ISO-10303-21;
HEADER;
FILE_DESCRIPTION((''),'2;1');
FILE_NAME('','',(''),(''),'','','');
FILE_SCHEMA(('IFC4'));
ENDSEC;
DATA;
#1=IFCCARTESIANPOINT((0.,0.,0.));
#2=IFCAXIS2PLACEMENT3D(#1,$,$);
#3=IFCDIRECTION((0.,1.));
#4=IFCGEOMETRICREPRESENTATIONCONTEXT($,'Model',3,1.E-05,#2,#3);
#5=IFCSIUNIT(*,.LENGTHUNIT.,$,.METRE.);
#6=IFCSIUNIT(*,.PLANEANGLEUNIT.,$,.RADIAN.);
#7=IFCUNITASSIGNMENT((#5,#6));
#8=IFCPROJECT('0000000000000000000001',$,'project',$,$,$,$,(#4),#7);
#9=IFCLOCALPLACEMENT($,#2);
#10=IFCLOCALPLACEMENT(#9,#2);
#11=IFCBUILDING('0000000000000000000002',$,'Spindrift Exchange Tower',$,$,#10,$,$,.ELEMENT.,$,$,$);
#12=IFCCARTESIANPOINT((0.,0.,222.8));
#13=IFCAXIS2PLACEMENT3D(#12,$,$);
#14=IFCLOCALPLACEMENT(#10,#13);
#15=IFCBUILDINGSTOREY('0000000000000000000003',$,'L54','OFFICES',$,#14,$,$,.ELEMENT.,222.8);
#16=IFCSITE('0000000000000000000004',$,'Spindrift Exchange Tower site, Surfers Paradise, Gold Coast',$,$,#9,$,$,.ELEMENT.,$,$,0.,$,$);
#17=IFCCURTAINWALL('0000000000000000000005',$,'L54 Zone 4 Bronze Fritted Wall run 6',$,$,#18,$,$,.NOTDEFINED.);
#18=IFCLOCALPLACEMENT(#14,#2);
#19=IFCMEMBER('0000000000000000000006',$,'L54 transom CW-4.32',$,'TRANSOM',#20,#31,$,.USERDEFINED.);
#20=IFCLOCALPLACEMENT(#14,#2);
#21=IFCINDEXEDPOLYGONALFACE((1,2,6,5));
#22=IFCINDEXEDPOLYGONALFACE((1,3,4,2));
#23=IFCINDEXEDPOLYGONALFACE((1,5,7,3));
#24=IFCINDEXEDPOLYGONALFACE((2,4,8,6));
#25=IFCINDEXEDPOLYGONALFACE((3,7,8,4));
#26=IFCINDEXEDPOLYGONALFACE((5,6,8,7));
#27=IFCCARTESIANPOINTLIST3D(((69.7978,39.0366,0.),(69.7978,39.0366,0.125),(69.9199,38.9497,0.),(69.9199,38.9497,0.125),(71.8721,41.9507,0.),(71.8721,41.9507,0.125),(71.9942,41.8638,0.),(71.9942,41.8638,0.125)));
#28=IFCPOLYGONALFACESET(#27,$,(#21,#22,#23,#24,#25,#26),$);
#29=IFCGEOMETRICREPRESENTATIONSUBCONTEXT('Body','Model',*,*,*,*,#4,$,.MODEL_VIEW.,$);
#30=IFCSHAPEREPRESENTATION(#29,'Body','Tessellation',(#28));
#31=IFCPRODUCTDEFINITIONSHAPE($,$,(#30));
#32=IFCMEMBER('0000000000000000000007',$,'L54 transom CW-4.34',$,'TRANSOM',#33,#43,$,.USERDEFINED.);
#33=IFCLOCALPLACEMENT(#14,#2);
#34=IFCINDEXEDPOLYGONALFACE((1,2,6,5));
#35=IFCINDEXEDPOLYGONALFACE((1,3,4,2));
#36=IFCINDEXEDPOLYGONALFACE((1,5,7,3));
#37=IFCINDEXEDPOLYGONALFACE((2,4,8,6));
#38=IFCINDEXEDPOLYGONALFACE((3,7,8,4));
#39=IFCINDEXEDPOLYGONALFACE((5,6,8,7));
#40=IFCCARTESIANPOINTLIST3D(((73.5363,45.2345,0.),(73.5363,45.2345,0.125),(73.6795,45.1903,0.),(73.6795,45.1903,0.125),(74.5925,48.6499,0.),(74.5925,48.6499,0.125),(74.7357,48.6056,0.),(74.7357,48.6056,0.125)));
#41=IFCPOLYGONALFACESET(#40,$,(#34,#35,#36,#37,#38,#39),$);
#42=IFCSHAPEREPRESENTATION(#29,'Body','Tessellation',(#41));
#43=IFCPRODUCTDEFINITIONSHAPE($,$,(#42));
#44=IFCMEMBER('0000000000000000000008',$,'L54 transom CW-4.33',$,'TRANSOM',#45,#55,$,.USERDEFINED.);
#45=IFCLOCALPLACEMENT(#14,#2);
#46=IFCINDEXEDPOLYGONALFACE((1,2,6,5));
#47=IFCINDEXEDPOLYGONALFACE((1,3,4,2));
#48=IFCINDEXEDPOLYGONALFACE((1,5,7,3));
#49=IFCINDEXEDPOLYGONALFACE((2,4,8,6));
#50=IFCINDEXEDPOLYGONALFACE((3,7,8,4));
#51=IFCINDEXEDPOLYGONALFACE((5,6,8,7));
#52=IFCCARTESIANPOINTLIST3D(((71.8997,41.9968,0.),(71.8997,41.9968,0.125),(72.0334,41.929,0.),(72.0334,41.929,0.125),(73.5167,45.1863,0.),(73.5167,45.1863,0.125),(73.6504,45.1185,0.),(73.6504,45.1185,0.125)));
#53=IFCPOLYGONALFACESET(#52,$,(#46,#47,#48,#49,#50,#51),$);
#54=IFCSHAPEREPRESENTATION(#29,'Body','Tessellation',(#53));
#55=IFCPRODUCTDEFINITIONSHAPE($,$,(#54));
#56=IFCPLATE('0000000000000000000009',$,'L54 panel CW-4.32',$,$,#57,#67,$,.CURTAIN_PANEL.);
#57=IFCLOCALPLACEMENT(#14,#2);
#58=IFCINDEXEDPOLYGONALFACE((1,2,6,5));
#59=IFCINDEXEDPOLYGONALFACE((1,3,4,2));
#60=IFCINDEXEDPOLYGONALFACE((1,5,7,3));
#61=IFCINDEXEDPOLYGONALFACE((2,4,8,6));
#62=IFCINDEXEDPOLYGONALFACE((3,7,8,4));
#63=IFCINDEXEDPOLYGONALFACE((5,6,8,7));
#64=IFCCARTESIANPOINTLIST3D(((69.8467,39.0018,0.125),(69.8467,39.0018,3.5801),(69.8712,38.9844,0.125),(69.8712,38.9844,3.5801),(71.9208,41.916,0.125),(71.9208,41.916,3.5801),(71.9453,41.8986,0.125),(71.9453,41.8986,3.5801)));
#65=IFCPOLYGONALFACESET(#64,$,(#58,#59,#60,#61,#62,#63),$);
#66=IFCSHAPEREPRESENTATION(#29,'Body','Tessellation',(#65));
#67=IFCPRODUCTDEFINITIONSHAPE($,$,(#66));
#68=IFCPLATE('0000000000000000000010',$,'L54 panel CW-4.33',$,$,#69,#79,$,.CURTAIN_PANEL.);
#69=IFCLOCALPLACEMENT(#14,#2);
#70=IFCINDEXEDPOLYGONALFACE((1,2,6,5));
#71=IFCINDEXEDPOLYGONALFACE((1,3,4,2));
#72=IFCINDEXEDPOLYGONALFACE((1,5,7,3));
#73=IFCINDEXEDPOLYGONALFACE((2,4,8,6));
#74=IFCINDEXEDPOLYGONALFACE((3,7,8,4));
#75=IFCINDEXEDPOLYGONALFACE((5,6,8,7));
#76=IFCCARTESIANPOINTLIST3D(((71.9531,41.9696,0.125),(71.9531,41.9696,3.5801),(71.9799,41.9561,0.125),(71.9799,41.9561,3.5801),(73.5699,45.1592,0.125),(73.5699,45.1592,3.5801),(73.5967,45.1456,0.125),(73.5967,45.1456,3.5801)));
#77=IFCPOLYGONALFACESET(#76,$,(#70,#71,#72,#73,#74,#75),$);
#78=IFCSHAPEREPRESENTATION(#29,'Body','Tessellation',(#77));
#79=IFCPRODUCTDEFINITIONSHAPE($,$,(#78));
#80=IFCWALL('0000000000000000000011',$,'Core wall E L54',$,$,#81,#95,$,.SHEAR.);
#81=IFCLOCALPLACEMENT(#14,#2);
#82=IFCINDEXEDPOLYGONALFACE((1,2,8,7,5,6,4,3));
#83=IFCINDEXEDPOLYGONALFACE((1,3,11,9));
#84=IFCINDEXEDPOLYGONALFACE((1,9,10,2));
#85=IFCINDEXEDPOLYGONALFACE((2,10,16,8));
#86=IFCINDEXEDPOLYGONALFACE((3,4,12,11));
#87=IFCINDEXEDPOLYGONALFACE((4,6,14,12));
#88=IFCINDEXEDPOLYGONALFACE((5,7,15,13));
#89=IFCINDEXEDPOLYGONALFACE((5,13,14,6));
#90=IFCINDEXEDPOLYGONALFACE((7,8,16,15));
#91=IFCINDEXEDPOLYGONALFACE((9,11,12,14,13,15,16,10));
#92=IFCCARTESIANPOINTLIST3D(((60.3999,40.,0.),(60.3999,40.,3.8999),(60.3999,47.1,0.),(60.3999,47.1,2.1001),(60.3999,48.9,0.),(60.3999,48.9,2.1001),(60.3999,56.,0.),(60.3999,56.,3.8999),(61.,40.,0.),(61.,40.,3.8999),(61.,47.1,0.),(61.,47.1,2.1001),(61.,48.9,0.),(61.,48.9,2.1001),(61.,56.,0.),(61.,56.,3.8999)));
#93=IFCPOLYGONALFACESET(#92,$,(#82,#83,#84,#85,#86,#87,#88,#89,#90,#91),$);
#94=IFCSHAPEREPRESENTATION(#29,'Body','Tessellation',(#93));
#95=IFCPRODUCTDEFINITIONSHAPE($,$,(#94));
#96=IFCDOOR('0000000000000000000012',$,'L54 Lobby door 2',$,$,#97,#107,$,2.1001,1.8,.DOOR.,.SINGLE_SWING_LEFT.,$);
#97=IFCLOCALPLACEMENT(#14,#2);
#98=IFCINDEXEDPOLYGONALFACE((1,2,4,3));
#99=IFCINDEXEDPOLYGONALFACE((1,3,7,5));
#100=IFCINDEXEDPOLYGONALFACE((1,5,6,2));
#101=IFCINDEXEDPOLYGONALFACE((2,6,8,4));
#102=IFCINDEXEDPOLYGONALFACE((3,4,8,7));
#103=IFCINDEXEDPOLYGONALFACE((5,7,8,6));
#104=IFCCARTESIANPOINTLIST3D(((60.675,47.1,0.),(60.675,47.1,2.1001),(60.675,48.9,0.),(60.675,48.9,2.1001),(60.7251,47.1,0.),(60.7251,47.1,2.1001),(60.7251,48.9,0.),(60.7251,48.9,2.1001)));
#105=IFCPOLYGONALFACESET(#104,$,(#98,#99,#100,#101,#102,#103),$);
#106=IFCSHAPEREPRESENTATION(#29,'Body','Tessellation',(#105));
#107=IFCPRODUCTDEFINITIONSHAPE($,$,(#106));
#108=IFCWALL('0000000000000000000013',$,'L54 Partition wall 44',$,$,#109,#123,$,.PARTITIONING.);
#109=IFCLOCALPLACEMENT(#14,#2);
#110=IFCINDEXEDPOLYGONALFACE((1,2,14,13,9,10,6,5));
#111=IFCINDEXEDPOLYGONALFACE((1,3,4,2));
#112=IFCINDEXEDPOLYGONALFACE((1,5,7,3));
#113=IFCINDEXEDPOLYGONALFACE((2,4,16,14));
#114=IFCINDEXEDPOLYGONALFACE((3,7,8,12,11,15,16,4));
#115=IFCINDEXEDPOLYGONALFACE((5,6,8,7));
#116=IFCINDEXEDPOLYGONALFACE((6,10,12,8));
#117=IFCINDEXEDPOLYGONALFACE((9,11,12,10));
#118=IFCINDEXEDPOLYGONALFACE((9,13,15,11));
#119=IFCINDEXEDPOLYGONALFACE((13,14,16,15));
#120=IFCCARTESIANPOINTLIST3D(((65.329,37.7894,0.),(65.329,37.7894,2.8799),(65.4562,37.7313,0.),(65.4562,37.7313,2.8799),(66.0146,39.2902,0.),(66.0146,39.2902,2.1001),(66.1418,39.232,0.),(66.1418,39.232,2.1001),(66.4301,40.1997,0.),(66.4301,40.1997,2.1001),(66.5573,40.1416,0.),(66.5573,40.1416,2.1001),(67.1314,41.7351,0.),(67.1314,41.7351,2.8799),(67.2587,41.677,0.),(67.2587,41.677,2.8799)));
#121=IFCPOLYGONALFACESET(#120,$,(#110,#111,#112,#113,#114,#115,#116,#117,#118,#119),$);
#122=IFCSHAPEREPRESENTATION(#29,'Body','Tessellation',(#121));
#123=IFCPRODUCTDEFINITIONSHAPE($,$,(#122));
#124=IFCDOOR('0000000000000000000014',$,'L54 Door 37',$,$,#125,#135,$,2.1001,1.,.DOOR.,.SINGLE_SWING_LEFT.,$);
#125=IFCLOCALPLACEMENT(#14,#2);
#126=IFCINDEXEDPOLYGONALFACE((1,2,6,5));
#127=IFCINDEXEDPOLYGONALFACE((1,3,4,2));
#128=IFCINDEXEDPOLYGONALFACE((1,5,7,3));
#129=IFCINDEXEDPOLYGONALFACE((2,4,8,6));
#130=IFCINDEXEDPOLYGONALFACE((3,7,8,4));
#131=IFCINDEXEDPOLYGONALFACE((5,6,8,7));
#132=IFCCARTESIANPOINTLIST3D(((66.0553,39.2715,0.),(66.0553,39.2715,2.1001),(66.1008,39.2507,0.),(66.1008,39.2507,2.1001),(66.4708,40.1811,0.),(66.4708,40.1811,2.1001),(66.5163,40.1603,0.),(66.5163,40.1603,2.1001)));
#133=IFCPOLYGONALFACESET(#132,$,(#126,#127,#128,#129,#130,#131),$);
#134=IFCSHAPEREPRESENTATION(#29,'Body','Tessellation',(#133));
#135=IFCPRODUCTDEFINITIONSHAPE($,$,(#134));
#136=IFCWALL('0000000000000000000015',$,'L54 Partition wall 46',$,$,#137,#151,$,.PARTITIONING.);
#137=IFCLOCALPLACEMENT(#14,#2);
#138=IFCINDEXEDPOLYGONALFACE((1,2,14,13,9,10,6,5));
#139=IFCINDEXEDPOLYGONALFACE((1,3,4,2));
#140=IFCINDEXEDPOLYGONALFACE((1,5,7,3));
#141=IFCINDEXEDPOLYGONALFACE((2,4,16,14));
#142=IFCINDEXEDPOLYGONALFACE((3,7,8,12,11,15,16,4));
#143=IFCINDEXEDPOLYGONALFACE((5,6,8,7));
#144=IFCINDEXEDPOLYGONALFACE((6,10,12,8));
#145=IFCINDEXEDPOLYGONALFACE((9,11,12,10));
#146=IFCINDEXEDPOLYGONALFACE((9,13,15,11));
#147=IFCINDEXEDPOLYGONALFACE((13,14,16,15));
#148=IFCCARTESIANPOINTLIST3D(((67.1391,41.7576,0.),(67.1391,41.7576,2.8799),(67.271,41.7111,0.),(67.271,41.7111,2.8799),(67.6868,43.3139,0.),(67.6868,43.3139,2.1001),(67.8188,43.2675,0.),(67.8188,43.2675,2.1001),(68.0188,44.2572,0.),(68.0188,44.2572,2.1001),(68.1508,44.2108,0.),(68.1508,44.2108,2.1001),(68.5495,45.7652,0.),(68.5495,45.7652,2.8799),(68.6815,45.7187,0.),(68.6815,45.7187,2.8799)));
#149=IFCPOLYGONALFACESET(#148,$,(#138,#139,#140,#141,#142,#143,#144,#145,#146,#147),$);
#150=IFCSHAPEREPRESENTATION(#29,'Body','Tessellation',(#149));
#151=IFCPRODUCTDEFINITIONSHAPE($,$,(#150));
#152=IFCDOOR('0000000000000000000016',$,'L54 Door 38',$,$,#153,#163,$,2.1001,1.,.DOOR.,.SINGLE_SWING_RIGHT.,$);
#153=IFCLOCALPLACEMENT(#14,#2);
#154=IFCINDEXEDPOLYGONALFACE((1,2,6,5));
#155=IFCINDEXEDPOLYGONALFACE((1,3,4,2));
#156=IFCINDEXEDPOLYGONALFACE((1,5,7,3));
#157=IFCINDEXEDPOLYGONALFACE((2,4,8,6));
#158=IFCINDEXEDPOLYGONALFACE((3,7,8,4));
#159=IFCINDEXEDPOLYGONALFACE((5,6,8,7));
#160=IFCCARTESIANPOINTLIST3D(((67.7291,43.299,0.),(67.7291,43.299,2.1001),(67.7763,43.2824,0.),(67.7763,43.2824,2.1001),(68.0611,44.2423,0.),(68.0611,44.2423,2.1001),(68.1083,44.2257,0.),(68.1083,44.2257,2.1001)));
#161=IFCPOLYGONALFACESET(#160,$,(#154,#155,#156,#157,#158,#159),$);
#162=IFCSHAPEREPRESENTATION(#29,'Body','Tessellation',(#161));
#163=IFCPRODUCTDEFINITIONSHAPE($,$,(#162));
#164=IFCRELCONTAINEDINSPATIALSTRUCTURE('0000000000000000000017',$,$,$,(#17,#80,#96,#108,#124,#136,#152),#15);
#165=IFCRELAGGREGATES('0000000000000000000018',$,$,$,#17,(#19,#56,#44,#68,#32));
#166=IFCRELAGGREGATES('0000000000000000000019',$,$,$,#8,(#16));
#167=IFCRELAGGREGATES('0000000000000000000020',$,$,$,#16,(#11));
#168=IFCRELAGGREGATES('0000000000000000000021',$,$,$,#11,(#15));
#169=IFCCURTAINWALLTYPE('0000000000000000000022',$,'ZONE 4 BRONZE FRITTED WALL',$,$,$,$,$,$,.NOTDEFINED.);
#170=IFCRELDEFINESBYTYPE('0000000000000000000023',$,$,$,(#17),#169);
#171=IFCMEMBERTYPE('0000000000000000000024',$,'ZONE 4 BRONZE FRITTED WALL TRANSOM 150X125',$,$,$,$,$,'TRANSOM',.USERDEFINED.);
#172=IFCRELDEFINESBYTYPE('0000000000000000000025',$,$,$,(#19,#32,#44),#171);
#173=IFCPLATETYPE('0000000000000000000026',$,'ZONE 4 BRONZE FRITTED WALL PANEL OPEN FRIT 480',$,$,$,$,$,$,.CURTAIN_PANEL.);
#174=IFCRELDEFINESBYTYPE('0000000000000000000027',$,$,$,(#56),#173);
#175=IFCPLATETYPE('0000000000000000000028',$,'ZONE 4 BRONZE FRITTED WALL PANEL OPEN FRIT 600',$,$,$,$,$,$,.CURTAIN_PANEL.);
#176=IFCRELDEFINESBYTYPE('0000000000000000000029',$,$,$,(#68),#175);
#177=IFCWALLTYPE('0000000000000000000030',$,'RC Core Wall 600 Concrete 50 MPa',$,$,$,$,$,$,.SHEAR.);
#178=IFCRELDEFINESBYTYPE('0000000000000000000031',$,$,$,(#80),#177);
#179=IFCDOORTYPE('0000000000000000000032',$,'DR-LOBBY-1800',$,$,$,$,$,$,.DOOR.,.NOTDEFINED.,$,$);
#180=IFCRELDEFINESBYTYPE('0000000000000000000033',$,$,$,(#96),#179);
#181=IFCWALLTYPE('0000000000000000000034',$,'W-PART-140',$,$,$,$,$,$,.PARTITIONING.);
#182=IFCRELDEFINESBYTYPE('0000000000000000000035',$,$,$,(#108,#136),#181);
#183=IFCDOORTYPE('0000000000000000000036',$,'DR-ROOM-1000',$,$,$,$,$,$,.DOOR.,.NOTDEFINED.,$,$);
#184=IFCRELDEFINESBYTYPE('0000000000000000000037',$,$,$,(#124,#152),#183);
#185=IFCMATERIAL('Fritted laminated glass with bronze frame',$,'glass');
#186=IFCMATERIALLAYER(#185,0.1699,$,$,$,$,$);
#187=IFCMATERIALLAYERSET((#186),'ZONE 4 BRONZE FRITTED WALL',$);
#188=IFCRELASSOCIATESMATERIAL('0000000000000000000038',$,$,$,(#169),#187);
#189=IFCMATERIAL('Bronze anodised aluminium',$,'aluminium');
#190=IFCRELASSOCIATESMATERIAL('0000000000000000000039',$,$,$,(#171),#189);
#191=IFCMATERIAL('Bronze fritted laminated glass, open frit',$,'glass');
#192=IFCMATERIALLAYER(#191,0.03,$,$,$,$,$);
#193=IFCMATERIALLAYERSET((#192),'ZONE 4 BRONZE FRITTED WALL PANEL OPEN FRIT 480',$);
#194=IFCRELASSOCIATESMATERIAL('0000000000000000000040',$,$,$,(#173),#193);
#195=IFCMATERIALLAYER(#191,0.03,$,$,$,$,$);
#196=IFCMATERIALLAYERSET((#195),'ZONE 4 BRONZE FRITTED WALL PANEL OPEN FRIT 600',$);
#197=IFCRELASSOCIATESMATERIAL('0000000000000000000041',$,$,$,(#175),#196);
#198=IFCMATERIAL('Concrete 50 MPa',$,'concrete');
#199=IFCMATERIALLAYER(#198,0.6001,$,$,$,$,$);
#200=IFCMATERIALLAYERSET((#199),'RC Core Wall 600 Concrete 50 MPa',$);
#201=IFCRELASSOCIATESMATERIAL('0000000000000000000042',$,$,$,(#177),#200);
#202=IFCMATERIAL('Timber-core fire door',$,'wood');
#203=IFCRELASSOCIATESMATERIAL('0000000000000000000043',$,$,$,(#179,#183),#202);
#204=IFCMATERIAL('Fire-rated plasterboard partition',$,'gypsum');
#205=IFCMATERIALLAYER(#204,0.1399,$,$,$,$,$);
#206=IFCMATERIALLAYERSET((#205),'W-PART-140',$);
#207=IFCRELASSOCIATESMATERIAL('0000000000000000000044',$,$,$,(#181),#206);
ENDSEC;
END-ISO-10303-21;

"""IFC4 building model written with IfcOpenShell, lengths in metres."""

from ifc_helpers import new_model, si_unit, direction, frame, frame_2d, origin, origin_2d, place, context, subcontext, project, spatial, rectangle, extrude, source, transform, mapped, material, layer, layer_set, material_profile, profile_set, type_object, element, fill, aggregate, save


model = new_model("IFC4")

# Units and contexts
model_context = context("Model", 3, precision=1e-05, world=origin(), true_north=direction((0.0, 1.0)))
body_context = subcontext(model_context, "Body", "Model", "MODEL_VIEW")
ifc_project = project(units=[si_unit("LENGTHUNIT", "METRE"), si_unit("PLANEANGLEUNIT", "RADIAN")], contexts=[model_context])

# Site, building, storey
site_placement = place(None, origin())
site = spatial("IfcSite", under=ifc_project, at=site_placement, Name="Spindrift Exchange Tower site, Surfers Paradise, Gold Coast", CompositionType="ELEMENT", RefElevation=0.0)
building_placement = place(site_placement, origin())
building = spatial("IfcBuilding", under=site, at=building_placement, Name="Spindrift Exchange Tower", CompositionType="ELEMENT")
storey_placement = place(building_placement, frame((0.0, 0.0, 222.8)))
storey = spatial("IfcBuildingStorey", under=building, at=storey_placement, Name="L54", Description="OFFICES", CompositionType="ELEMENT", Elevation=222.8)

# Shared definitions
ifc_material_1 = material(Name="Concrete 50 MPa", Category="concrete")

# Curtain wall, members, plates
ifc_material_2 = material(Name="Fritted laminated glass with bronze frame", Category="glass")
ifc_layer_1 = layer(ifc_material_2, 0.1699)
ifc_layer_set_1 = layer_set([ifc_layer_1], Name="ZONE 4 BRONZE FRITTED WALL")
curtain_wall_type = type_object("IfcCurtainWallType", Name="ZONE 4 BRONZE FRITTED WALL", PredefinedType="NOTDEFINED", material=ifc_layer_set_1)
curtain_wall_placement = place(storey_placement, origin())
curtain_wall = element("IfcCurtainWall", 1, at=curtain_wall_placement, inside=storey, type_object=curtain_wall_type, Name="L54 Zone 4 Bronze Fritted Wall run 6", PredefinedType="NOTDEFINED")
ifc_material_3 = material(Name="Bronze anodised aluminium", Category="aluminium")
ifc_material_profile_1 = material_profile(ifc_material_3, rectangle(XDim=0.1499, YDim=0.125, at=origin_2d()), Name="ZONE 4 BRONZE FRITTED WALL TRANSOM 150X125")
ifc_profile_set_1 = profile_set([ifc_material_profile_1], Name="Bronze anodised aluminium")
member_type_1 = type_object("IfcMemberType", Name="ZONE 4 BRONZE FRITTED WALL TRANSOM 150X125", ElementType="TRANSOM", PredefinedType="USERDEFINED", material=ifc_profile_set_1)
shared_shape_1 = source(origin(), body_context, "Body", "SweptSolid", [
    extrude(rectangle(XDim=0.1499, YDim=0.125, at=origin_2d()), origin(), (0.0, 0.0, 1.0), 3.5769),
])
member_1_placement = place(storey_placement, frame((69.8589, 38.9932, 0.0625), z_axis=(0.579894, 0.814692, 0.0), x_axis=(-0.814692, 0.579894, 0.0)))
member_1 = element("IfcMember", 2, at=member_1_placement, type_object=member_type_1, Name="L54 transom CW-4.32", ObjectType="TRANSOM", PredefinedType="USERDEFINED", context=body_context, shape_type="MappedRepresentation", body=[
    mapped(shared_shape_1, transform((0.0, 0.0, 0.0), scale=1.0)),
])
shared_shape_2 = source(origin(), body_context, "Body", "SweptSolid", [
    extrude(rectangle(XDim=0.1499, YDim=0.125, at=origin_2d()), origin(), (0.0, 0.0, 1.0), 3.575),
])
member_2_placement = place(storey_placement, frame((73.6079, 45.2124, 0.0625), z_axis=(0.295439, 0.955362, 0.0), x_axis=(-0.955362, 0.295439, 0.0)))
member_2 = element("IfcMember", 3, at=member_2_placement, type_object=member_type_1, Name="L54 transom CW-4.34", ObjectType="TRANSOM", PredefinedType="USERDEFINED", context=body_context, shape_type="MappedRepresentation", body=[
    mapped(shared_shape_2, transform((0.0, 0.0, 0.0), scale=1.0)),
])
shared_shape_3 = source(origin(), body_context, "Body", "SweptSolid", [
    extrude(rectangle(XDim=0.1499, YDim=0.125, at=origin_2d()), origin(), (0.0, 0.0, 1.0), 3.5759),
])
member_3_placement = place(storey_placement, frame((71.9666, 41.9629, 0.0625), z_axis=(0.452177, 0.891928, 0.0), x_axis=(-0.891928, 0.452177, 0.0)))
member_3 = element("IfcMember", 4, at=member_3_placement, type_object=member_type_1, Name="L54 transom CW-4.33", ObjectType="TRANSOM", PredefinedType="USERDEFINED", context=body_context, shape_type="MappedRepresentation", body=[
    mapped(shared_shape_3, transform((0.0, 0.0, 0.0), scale=1.0)),
])
ifc_material_4 = material(Name="Bronze fritted laminated glass, open frit", Category="glass")
ifc_layer_2 = layer(ifc_material_4, 0.03)
ifc_layer_set_2 = layer_set([ifc_layer_2], Name="ZONE 4 BRONZE FRITTED WALL PANEL OPEN FRIT 480")
plate_type_1 = type_object("IfcPlateType", Name="ZONE 4 BRONZE FRITTED WALL PANEL OPEN FRIT 480", PredefinedType="CURTAIN_PANEL", material=ifc_layer_set_2)
shared_shape_4 = source(origin(), body_context, "Body", "SweptSolid", [
    extrude(rectangle(XDim=3.5769, YDim=0.03, at=origin_2d()), origin(), (0.0, 0.0, 1.0), 3.4551),
])
plate_1_placement = place(storey_placement, frame((70.896, 40.4502, 0.125), z_axis=(0.0, 0.0, 1.0), x_axis=(0.579863, 0.814714, 0.0)))
plate_1 = element("IfcPlate", 5, at=plate_1_placement, type_object=plate_type_1, Name="L54 panel CW-4.32", PredefinedType="CURTAIN_PANEL", context=body_context, shape_type="MappedRepresentation", body=[
    mapped(shared_shape_4, transform((0.0, 0.0, 0.0), scale=1.0)),
])
ifc_layer_3 = layer(ifc_material_4, 0.03)
ifc_layer_set_3 = layer_set([ifc_layer_3], Name="ZONE 4 BRONZE FRITTED WALL PANEL OPEN FRIT 600")
plate_type_2 = type_object("IfcPlateType", Name="ZONE 4 BRONZE FRITTED WALL PANEL OPEN FRIT 600", PredefinedType="CURTAIN_PANEL", material=ifc_layer_set_3)
shared_shape_5 = source(origin(), body_context, "Body", "SweptSolid", [
    extrude(rectangle(XDim=3.5759, YDim=0.03, at=origin_2d()), origin(), (0.0, 0.0, 1.0), 3.4551),
])
plate_2_placement = place(storey_placement, frame((72.7749, 43.5576, 0.125), z_axis=(0.0, 0.0, 1.0), x_axis=(0.45215, 0.891942, 0.0)))
plate_2 = element("IfcPlate", 6, at=plate_2_placement, type_object=plate_type_2, Name="L54 panel CW-4.33", PredefinedType="CURTAIN_PANEL", context=body_context, shape_type="MappedRepresentation", body=[
    mapped(shared_shape_5, transform((0.0, 0.0, 0.0), scale=1.0)),
])
aggregate(curtain_wall, [member_1, plate_1, member_3, plate_2, member_2])

# Walls, openings, doors
ifc_layer_4 = layer(ifc_material_1, 0.6001)
ifc_layer_set_4 = layer_set([ifc_layer_4], Name="RC Core Wall 600 Concrete 50 MPa")
wall_type_1 = type_object("IfcWallType", Name="RC Core Wall 600 Concrete 50 MPa", PredefinedType="SHEAR", material=ifc_layer_set_4)
wall_1_placement = place(storey_placement, frame((60.7, 40.0, 0.0), z_axis=(0.0, 0.0, 1.0), x_axis=(0.0, 1.0, 0.0)))
wall_1 = element("IfcWall", 7, at=wall_1_placement, inside=storey, type_object=wall_type_1, Name="Core wall E L54", PredefinedType="SHEAR", context=body_context, shape_type="SweptSolid", body=[
    extrude(rectangle(XDim=16.0, YDim=0.6001, at=frame_2d((8.0, 0.0))), origin(), (0.0, 0.0, 1.0), 3.8999),
])
opening_1_placement = place(wall_1_placement, frame((7.1001, 0.0, 0.0)))
opening_1 = element("IfcOpeningElement", 8, at=opening_1_placement, cuts=wall_1, PredefinedType="OPENING", context=body_context, shape_type="SweptSolid", body=[
    extrude(rectangle(XDim=1.8, YDim=2.1001, at=frame_2d((0.8999, 1.05))), frame((0.0, 0.3101, 0.0), z_axis=(0.0, -1.0, 0.0), x_axis=(1.0, 0.0, 0.0)), (0.0, 0.0, 1.0), 0.6201),
])
ifc_material_5 = material(Name="Timber-core fire door", Category="wood")
door_type_1 = type_object("IfcDoorType", Name="DR-LOBBY-1800", OperationType="NOTDEFINED", PredefinedType="DOOR", material=ifc_material_5)
shared_shape_6 = source(origin(), body_context, "Body", "SweptSolid", [
    extrude(rectangle(XDim=1.8, YDim=2.1001, at=frame_2d((0.8999, 1.05))), frame((0.0, 0.0249, 0.0), z_axis=(0.0, -1.0, 0.0), x_axis=(1.0, 0.0, 0.0)), (0.0, 0.0, 1.0), 0.05),
])
door_1_placement = place(opening_1_placement, origin())
door_1 = element("IfcDoor", 9, at=door_1_placement, inside=storey, type_object=door_type_1, Name="L54 Lobby door 2", OperationType="SINGLE_SWING_LEFT", OverallHeight=2.1001, OverallWidth=1.8, PredefinedType="DOOR", context=body_context, shape_type="MappedRepresentation", body=[
    mapped(shared_shape_6, transform((0.0, 0.0, 0.0), scale=1.0)),
])
fill(opening_1, door_1)
ifc_material_6 = material(Name="Fire-rated plasterboard partition", Category="gypsum")
ifc_layer_5 = layer(ifc_material_6, 0.1399)
ifc_layer_set_5 = layer_set([ifc_layer_5], Name="W-PART-140")
wall_type_2 = type_object("IfcWallType", Name="W-PART-140", PredefinedType="PARTITIONING", material=ifc_layer_set_5)
wall_2_placement = place(storey_placement, frame((67.1951, 41.7061, 0.0), z_axis=(0.0, 0.0, 1.0), x_axis=(-0.415511, -0.909588, 0.0)))
wall_2 = element("IfcWall", 10, at=wall_2_placement, inside=storey, type_object=wall_type_2, Name="L54 Partition wall 44", PredefinedType="PARTITIONING", context=body_context, shape_type="SweptSolid", body=[
    extrude(rectangle(XDim=4.3379, YDim=0.1399, at=frame_2d((2.1689, 0.0))), origin(), (0.0, 0.0, 1.0), 2.8799),
])
opening_2_placement = place(wall_2_placement, frame((1.688, 0.0, 0.0)))
opening_2 = element("IfcOpeningElement", 11, at=opening_2_placement, cuts=wall_2, PredefinedType="OPENING", context=body_context, shape_type="SweptSolid", body=[
    extrude(rectangle(XDim=1.0, YDim=2.1001, at=frame_2d((0.5, 1.05))), frame((0.0, 0.0798, 0.0), z_axis=(0.0, -1.0, 0.0), x_axis=(1.0, 0.0, 0.0)), (0.0, 0.0, 1.0), 0.1599),
])
door_type_2 = type_object("IfcDoorType", Name="DR-ROOM-1000", OperationType="NOTDEFINED", PredefinedType="DOOR", material=ifc_material_5)
shared_shape_7 = source(origin(), body_context, "Body", "SweptSolid", [
    extrude(rectangle(XDim=1.0, YDim=2.1001, at=frame_2d((0.5, 1.05))), frame((0.0, 0.0249, 0.0), z_axis=(0.0, -1.0, 0.0), x_axis=(1.0, 0.0, 0.0)), (0.0, 0.0, 1.0), 0.05),
])
door_2_placement = place(opening_2_placement, origin())
door_2 = element("IfcDoor", 12, at=door_2_placement, inside=storey, type_object=door_type_2, Name="L54 Door 37", OperationType="SINGLE_SWING_LEFT", OverallHeight=2.1001, OverallWidth=1.0, PredefinedType="DOOR", context=body_context, shape_type="MappedRepresentation", body=[
    mapped(shared_shape_7, transform((0.0, 0.0, 0.0), scale=1.0)),
])
fill(opening_2, door_2)
wall_3_placement = place(storey_placement, frame((68.6155, 45.7419, 0.0), z_axis=(0.0, 0.0, 1.0), x_axis=(-0.331975, -0.943288, 0.0)))
wall_3 = element("IfcWall", 13, at=wall_3_placement, inside=storey, type_object=wall_type_2, Name="L54 Partition wall 46", PredefinedType="PARTITIONING", context=body_context, shape_type="SweptSolid", body=[
    extrude(rectangle(XDim=4.2485, YDim=0.1399, at=frame_2d((2.1243, 0.0))), origin(), (0.0, 0.0, 1.0), 2.8799),
])
opening_3_placement = place(wall_3_placement, frame((1.5986, 0.0, 0.0)))
opening_3 = element("IfcOpeningElement", 14, at=opening_3_placement, cuts=wall_3, PredefinedType="OPENING", context=body_context, shape_type="SweptSolid", body=[
    extrude(rectangle(XDim=1.0, YDim=2.1001, at=frame_2d((0.5, 1.05))), frame((0.0, 0.0798, 0.0), z_axis=(0.0, -1.0, 0.0), x_axis=(1.0, 0.0, 0.0)), (0.0, 0.0, 1.0), 0.1599),
])
door_3_placement = place(opening_3_placement, origin())
door_3 = element("IfcDoor", 15, at=door_3_placement, inside=storey, type_object=door_type_2, Name="L54 Door 38", OperationType="SINGLE_SWING_RIGHT", OverallHeight=2.1001, OverallWidth=1.0, PredefinedType="DOOR", context=body_context, shape_type="MappedRepresentation", body=[
    mapped(shared_shape_7, transform((0.0, 0.0, 0.0), scale=1.0)),
])
fill(opening_3, door_3)

save(model, "model.ifc")
